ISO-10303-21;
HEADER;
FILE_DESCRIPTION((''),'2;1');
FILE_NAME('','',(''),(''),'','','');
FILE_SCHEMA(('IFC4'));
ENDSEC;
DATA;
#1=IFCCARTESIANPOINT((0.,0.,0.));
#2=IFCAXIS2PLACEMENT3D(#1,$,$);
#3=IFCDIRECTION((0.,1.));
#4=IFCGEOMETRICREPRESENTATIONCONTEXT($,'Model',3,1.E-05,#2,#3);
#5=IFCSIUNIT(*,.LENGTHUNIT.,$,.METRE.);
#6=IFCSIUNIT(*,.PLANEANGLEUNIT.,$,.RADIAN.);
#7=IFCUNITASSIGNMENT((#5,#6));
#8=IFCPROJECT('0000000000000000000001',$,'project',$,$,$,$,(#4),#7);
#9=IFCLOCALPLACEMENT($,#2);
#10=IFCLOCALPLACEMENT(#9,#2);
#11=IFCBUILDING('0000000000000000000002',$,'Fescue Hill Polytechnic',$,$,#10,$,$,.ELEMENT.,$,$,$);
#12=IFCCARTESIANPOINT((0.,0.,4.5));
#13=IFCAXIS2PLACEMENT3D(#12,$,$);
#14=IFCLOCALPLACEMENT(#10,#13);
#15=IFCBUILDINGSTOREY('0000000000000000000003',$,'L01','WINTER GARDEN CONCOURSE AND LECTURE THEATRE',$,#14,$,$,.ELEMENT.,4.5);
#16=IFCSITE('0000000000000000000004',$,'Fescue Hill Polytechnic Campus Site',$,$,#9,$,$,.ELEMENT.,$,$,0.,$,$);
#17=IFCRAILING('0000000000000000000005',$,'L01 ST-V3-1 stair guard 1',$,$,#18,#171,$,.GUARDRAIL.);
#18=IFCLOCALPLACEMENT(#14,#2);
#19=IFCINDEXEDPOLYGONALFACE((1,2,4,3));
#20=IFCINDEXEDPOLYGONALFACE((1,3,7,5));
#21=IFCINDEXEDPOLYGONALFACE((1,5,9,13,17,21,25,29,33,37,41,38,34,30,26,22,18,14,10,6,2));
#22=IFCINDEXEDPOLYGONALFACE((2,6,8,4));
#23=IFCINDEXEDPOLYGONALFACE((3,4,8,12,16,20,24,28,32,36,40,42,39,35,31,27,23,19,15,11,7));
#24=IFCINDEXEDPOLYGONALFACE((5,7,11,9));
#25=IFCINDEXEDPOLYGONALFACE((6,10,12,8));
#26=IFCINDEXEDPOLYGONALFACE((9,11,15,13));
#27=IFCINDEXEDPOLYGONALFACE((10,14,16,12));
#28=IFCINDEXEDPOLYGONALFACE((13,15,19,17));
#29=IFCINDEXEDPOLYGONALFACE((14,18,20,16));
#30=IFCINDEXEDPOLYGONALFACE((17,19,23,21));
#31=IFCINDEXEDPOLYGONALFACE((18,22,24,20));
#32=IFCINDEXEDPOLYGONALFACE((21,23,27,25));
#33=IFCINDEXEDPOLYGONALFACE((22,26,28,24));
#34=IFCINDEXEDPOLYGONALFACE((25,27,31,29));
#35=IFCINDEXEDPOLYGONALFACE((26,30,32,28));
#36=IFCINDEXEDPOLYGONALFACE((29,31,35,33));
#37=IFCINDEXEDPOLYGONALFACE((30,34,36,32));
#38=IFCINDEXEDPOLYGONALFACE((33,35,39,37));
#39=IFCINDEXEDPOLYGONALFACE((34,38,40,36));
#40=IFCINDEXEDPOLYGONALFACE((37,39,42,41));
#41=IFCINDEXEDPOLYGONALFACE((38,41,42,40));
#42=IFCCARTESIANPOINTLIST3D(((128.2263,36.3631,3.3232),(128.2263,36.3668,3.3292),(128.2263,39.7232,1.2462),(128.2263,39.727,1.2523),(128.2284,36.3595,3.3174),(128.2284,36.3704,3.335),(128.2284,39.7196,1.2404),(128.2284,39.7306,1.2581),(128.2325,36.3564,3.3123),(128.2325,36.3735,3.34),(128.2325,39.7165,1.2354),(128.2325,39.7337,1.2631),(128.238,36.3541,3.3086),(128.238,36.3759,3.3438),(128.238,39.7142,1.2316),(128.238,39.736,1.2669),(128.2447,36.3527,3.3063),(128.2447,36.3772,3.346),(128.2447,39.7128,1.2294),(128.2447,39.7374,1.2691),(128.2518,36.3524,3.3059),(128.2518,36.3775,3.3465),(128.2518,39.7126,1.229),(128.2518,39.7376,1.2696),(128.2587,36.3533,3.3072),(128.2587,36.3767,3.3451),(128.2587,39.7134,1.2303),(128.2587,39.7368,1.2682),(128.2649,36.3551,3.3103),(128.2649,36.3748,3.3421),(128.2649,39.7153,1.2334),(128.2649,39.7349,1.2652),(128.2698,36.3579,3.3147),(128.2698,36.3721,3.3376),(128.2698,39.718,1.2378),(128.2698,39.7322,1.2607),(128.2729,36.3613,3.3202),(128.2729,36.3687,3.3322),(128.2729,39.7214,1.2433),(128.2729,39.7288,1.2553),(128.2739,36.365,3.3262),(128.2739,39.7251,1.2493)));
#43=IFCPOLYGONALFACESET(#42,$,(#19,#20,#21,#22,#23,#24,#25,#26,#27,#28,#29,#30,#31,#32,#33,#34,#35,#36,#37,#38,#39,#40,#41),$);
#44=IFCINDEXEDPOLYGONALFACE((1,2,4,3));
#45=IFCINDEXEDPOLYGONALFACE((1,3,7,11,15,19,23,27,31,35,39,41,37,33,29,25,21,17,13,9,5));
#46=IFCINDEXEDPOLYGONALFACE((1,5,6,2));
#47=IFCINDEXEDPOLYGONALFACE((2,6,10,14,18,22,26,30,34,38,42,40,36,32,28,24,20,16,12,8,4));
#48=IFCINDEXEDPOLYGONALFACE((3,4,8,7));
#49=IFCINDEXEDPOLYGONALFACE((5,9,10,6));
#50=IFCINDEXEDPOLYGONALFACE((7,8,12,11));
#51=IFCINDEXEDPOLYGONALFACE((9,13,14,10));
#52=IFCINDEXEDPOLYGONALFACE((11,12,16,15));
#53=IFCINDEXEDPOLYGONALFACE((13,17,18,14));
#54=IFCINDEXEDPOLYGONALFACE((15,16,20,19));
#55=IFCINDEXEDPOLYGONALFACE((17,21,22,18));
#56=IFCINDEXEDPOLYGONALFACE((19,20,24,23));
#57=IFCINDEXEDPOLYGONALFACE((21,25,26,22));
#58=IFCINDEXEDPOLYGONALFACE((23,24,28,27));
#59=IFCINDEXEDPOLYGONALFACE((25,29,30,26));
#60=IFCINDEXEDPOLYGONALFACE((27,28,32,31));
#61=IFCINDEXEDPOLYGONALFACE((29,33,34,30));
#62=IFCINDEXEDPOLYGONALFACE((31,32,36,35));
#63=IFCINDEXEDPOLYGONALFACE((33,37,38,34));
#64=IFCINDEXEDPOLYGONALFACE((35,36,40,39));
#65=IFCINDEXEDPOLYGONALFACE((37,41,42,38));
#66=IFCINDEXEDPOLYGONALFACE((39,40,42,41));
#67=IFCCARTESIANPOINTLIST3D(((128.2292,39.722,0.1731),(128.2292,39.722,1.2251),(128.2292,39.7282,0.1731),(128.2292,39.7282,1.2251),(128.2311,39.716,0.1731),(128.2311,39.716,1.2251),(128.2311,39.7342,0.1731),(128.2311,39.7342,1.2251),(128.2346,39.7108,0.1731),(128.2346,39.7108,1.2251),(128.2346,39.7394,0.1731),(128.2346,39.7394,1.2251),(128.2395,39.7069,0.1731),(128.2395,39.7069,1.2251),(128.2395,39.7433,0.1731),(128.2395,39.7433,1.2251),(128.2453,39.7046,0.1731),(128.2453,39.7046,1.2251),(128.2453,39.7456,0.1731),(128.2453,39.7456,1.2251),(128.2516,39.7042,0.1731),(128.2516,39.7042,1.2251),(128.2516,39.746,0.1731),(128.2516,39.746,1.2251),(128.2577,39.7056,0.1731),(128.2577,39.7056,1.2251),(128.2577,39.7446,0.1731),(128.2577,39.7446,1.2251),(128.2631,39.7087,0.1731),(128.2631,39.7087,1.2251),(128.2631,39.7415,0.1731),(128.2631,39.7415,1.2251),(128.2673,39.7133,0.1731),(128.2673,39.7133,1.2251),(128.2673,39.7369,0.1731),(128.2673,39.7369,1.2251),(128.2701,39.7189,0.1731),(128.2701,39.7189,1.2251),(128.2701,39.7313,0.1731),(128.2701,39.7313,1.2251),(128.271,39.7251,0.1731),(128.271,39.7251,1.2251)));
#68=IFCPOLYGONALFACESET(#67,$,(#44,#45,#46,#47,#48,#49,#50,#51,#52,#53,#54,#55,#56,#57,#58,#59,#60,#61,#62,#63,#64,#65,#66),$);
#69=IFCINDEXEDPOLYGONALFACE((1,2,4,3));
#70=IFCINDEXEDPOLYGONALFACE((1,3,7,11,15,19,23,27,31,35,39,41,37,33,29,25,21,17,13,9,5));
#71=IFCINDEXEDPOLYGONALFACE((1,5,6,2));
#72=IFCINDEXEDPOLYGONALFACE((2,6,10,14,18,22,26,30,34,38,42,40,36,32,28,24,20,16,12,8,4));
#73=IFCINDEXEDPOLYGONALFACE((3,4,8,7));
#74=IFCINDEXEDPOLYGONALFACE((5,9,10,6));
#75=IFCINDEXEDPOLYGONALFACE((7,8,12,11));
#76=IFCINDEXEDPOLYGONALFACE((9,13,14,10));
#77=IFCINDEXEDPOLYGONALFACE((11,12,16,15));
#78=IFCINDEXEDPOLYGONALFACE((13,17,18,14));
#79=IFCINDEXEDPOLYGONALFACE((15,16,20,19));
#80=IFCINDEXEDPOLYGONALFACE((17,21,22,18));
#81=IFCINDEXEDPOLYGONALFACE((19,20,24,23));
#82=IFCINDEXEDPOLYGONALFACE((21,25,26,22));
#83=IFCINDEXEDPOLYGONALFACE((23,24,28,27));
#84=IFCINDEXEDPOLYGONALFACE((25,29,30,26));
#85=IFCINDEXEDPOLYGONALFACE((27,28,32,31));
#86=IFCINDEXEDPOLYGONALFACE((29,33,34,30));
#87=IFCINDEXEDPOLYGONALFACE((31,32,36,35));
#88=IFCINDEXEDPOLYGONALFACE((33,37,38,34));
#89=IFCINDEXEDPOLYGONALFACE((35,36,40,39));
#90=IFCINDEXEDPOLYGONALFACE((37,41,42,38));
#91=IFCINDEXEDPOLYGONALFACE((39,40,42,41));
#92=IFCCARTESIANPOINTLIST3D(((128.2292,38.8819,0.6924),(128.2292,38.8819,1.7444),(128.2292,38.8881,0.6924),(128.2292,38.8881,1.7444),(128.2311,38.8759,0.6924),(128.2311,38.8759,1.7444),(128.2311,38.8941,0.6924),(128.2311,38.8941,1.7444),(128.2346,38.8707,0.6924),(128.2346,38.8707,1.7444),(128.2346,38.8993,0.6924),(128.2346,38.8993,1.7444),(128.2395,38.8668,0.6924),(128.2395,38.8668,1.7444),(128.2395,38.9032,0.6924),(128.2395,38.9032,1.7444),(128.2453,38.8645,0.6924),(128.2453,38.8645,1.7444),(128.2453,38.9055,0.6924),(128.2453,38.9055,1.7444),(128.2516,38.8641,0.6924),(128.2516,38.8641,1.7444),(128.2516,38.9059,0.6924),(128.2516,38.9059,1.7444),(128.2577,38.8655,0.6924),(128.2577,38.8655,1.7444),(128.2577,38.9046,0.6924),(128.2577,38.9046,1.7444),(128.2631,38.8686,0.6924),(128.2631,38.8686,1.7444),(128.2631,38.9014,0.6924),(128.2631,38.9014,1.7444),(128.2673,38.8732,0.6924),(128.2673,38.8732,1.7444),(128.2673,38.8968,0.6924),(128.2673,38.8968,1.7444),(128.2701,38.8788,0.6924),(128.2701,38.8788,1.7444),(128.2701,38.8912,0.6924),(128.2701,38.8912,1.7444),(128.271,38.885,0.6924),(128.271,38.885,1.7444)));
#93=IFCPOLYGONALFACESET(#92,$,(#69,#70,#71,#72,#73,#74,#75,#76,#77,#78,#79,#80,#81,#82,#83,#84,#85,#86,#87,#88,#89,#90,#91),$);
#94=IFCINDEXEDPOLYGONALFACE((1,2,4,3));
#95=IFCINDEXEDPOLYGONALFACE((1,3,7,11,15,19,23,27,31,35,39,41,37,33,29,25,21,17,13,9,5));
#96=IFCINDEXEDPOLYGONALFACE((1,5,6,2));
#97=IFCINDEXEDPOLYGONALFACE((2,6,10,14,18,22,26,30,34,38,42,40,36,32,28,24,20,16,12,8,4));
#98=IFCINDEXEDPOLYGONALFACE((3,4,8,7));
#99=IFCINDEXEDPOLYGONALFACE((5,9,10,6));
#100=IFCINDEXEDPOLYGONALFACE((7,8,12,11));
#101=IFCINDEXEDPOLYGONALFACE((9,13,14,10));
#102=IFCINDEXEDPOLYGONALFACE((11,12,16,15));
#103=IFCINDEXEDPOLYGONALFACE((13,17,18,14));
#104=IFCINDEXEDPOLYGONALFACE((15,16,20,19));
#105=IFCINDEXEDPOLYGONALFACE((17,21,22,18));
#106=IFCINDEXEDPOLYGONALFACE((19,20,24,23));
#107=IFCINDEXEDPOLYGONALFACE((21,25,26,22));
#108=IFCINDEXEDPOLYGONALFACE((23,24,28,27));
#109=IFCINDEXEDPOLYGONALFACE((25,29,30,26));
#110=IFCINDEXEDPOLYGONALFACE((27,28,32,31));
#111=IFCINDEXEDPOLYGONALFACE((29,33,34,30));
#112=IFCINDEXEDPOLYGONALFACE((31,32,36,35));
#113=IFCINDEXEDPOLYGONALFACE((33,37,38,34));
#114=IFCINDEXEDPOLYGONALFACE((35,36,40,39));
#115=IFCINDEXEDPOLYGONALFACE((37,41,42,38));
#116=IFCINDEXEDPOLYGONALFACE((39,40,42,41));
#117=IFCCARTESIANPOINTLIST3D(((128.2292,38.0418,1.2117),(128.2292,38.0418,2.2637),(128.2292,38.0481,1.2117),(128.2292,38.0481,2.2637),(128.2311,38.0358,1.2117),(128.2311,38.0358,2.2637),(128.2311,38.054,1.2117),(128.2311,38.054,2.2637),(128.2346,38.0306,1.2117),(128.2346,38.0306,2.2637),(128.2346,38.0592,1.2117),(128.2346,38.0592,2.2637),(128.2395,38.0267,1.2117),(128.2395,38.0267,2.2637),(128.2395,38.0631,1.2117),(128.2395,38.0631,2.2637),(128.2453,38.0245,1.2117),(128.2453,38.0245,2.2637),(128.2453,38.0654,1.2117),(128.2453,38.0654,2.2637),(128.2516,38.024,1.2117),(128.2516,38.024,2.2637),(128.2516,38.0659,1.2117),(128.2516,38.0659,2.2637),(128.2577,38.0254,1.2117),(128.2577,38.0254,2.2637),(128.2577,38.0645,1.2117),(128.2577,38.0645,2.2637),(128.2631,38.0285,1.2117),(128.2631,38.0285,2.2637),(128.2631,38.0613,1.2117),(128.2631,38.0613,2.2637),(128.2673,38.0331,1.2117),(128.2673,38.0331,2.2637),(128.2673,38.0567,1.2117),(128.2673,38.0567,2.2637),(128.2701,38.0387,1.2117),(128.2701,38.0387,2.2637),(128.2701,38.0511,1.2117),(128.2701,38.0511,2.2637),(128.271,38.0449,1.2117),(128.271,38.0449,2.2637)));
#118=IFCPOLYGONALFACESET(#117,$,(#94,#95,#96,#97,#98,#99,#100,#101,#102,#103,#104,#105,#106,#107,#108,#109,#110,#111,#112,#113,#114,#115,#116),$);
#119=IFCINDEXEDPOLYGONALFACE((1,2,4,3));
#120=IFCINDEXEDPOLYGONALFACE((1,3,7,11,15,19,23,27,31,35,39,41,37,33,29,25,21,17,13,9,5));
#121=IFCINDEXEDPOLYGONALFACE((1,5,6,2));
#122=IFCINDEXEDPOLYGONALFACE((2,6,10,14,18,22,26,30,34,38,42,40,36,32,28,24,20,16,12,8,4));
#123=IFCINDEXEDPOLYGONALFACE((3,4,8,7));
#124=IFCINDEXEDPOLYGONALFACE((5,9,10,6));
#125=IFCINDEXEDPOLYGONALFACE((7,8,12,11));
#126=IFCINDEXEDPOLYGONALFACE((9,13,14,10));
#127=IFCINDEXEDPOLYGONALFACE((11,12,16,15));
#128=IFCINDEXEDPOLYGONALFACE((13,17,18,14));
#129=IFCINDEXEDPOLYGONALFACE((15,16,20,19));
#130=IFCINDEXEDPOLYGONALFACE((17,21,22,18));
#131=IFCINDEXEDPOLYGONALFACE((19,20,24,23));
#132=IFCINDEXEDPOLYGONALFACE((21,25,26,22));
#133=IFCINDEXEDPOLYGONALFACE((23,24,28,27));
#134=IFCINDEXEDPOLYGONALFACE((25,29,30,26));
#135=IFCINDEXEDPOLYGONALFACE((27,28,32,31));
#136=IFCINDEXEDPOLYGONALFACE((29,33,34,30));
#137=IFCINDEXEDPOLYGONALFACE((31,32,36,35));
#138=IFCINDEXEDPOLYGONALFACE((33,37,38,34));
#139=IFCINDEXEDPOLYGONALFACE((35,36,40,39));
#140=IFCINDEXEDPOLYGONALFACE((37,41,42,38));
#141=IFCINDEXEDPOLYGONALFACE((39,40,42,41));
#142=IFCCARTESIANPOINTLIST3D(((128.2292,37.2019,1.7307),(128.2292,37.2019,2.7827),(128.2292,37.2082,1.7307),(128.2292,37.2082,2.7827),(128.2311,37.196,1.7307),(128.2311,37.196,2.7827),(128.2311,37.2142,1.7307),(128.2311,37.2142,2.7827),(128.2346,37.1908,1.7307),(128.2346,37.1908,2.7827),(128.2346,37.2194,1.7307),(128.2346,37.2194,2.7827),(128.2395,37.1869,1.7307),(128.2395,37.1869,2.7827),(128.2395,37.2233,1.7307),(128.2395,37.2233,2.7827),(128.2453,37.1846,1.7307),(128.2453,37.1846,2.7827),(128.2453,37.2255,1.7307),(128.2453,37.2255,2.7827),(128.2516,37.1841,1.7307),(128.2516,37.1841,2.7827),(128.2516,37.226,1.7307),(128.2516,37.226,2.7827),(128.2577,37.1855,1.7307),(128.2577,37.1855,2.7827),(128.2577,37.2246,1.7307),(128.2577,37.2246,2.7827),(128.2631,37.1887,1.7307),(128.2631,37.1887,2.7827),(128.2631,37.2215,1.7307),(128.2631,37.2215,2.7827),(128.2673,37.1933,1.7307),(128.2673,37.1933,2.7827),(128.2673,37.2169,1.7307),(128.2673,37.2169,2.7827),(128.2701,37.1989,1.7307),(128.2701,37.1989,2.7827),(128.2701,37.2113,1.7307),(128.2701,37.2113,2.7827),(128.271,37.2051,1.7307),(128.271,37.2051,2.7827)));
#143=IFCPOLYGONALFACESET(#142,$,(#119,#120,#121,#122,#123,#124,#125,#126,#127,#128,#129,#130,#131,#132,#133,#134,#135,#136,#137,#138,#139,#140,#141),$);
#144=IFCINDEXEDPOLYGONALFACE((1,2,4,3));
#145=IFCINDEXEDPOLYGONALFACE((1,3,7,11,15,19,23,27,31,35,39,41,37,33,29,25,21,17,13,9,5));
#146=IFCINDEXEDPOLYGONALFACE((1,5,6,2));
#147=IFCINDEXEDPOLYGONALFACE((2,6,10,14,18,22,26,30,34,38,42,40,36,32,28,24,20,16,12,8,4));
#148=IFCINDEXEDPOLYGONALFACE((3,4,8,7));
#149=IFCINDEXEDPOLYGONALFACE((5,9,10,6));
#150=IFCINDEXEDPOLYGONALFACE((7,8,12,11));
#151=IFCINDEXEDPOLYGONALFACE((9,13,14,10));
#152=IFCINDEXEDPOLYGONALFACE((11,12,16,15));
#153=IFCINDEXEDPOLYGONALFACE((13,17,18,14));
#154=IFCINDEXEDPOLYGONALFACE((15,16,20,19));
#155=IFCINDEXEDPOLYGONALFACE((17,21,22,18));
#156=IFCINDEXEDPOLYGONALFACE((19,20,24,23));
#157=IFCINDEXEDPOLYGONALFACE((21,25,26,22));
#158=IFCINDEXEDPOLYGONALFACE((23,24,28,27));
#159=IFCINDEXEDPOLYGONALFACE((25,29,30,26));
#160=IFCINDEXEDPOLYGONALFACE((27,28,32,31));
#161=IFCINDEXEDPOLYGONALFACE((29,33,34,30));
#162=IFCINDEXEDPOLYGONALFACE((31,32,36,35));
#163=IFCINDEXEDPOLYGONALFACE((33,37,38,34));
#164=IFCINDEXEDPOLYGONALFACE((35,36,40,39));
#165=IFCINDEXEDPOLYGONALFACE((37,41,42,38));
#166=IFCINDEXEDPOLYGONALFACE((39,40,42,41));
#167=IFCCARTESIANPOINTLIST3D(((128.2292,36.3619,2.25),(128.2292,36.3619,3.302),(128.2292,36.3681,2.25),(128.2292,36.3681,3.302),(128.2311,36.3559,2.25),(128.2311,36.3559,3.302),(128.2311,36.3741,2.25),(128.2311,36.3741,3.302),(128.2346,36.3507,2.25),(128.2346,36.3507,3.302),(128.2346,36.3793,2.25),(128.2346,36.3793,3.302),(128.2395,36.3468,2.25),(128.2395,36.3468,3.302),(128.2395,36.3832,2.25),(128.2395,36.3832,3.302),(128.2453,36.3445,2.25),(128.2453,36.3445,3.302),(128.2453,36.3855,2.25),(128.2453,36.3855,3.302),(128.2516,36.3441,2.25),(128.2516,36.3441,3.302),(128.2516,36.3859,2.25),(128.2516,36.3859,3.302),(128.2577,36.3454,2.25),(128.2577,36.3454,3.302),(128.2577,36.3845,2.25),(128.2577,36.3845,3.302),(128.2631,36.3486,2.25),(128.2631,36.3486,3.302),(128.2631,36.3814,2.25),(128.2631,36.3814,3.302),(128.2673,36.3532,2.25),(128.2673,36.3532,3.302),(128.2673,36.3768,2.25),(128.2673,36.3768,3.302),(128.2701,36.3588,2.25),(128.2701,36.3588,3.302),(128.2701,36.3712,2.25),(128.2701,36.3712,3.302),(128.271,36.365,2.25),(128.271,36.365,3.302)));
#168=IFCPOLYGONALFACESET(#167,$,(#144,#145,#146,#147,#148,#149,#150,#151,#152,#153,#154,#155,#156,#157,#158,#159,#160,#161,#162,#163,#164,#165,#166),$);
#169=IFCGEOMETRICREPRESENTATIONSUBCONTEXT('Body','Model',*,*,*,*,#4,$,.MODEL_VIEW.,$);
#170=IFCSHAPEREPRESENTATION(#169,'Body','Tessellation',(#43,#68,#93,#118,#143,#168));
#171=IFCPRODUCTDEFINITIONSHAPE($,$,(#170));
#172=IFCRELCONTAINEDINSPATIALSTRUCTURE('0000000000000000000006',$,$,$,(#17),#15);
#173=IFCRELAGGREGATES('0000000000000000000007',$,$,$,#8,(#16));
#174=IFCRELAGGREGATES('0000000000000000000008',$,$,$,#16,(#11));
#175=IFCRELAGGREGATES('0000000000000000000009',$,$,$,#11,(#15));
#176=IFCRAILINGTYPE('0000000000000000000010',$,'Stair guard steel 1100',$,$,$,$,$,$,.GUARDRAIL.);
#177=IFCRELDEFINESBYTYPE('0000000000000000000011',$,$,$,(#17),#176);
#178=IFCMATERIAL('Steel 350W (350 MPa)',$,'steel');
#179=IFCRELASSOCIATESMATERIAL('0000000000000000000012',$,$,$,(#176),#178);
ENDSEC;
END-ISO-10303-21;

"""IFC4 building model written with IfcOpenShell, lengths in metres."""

from ifc_helpers import new_model, si_unit, direction, frame, origin, origin_2d, place, context, subcontext, project, spatial, circle, extrude, material, type_object, element, save


model = new_model("IFC4")

# Units and contexts
model_context = context("Model", 3, precision=1e-05, world=origin(), true_north=direction((0.0, 1.0)))
body_context = subcontext(model_context, "Body", "Model", "MODEL_VIEW")
ifc_project = project(units=[si_unit("LENGTHUNIT", "METRE"), si_unit("PLANEANGLEUNIT", "RADIAN")], contexts=[model_context])

# Site, building, storey
site_placement = place(None, origin())
site = spatial("IfcSite", under=ifc_project, at=site_placement, Name="Fescue Hill Polytechnic Campus Site", CompositionType="ELEMENT", RefElevation=0.0)
building_placement = place(site_placement, origin())
building = spatial("IfcBuilding", under=site, at=building_placement, Name="Fescue Hill Polytechnic", CompositionType="ELEMENT")
storey_placement = place(building_placement, frame((0.0, 0.0, 4.5)))
storey = spatial("IfcBuildingStorey", under=building, at=storey_placement, Name="L01", Description="WINTER GARDEN CONCOURSE AND LECTURE THEATRE", CompositionType="ELEMENT", Elevation=4.5)

# Railing
ifc_material_1 = material(Name="Steel 350W (350 MPa)", Category="steel")
railing_type_1 = type_object("IfcRailingType", Name="Stair guard steel 1100", PredefinedType="GUARDRAIL", material=ifc_material_1)
railing_1_placement = place(storey_placement, frame((128.25, 39.7251, 0.1731)))
element("IfcRailing", 1, at=railing_1_placement, inside=storey, type_object=railing_type_1, Name="L01 ST-V3-1 stair guard 1", PredefinedType="GUARDRAIL", context=body_context, shape_type="SweptSolid", body=[
    extrude(circle(Radius=0.0239, at=origin_2d()), frame((0.0, 0.0, 1.0762), z_axis=(0.0, -0.850623, 0.525776), x_axis=(1.0, 0.0, 0.0)), (0.0, 0.0, 1.0), 3.9502),
    extrude(circle(Radius=0.021, at=origin_2d()), origin(), (0.0, 0.0, 1.0), 1.052),
    extrude(circle(Radius=0.021, at=origin_2d()), frame((0.0, -0.8401, 0.5193)), (0.0, 0.0, 1.0), 1.052),
    extrude(circle(Radius=0.021, at=origin_2d()), frame((0.0, -1.6802, 1.0386)), (0.0, 0.0, 1.0), 1.052),
    extrude(circle(Radius=0.021, at=origin_2d()), frame((0.0, -2.52, 1.5576)), (0.0, 0.0, 1.0), 1.052),
    extrude(circle(Radius=0.021, at=origin_2d()), frame((0.0, -3.3601, 2.0769)), (0.0, 0.0, 1.0), 1.052),
])

save(model, "model.ifc")
